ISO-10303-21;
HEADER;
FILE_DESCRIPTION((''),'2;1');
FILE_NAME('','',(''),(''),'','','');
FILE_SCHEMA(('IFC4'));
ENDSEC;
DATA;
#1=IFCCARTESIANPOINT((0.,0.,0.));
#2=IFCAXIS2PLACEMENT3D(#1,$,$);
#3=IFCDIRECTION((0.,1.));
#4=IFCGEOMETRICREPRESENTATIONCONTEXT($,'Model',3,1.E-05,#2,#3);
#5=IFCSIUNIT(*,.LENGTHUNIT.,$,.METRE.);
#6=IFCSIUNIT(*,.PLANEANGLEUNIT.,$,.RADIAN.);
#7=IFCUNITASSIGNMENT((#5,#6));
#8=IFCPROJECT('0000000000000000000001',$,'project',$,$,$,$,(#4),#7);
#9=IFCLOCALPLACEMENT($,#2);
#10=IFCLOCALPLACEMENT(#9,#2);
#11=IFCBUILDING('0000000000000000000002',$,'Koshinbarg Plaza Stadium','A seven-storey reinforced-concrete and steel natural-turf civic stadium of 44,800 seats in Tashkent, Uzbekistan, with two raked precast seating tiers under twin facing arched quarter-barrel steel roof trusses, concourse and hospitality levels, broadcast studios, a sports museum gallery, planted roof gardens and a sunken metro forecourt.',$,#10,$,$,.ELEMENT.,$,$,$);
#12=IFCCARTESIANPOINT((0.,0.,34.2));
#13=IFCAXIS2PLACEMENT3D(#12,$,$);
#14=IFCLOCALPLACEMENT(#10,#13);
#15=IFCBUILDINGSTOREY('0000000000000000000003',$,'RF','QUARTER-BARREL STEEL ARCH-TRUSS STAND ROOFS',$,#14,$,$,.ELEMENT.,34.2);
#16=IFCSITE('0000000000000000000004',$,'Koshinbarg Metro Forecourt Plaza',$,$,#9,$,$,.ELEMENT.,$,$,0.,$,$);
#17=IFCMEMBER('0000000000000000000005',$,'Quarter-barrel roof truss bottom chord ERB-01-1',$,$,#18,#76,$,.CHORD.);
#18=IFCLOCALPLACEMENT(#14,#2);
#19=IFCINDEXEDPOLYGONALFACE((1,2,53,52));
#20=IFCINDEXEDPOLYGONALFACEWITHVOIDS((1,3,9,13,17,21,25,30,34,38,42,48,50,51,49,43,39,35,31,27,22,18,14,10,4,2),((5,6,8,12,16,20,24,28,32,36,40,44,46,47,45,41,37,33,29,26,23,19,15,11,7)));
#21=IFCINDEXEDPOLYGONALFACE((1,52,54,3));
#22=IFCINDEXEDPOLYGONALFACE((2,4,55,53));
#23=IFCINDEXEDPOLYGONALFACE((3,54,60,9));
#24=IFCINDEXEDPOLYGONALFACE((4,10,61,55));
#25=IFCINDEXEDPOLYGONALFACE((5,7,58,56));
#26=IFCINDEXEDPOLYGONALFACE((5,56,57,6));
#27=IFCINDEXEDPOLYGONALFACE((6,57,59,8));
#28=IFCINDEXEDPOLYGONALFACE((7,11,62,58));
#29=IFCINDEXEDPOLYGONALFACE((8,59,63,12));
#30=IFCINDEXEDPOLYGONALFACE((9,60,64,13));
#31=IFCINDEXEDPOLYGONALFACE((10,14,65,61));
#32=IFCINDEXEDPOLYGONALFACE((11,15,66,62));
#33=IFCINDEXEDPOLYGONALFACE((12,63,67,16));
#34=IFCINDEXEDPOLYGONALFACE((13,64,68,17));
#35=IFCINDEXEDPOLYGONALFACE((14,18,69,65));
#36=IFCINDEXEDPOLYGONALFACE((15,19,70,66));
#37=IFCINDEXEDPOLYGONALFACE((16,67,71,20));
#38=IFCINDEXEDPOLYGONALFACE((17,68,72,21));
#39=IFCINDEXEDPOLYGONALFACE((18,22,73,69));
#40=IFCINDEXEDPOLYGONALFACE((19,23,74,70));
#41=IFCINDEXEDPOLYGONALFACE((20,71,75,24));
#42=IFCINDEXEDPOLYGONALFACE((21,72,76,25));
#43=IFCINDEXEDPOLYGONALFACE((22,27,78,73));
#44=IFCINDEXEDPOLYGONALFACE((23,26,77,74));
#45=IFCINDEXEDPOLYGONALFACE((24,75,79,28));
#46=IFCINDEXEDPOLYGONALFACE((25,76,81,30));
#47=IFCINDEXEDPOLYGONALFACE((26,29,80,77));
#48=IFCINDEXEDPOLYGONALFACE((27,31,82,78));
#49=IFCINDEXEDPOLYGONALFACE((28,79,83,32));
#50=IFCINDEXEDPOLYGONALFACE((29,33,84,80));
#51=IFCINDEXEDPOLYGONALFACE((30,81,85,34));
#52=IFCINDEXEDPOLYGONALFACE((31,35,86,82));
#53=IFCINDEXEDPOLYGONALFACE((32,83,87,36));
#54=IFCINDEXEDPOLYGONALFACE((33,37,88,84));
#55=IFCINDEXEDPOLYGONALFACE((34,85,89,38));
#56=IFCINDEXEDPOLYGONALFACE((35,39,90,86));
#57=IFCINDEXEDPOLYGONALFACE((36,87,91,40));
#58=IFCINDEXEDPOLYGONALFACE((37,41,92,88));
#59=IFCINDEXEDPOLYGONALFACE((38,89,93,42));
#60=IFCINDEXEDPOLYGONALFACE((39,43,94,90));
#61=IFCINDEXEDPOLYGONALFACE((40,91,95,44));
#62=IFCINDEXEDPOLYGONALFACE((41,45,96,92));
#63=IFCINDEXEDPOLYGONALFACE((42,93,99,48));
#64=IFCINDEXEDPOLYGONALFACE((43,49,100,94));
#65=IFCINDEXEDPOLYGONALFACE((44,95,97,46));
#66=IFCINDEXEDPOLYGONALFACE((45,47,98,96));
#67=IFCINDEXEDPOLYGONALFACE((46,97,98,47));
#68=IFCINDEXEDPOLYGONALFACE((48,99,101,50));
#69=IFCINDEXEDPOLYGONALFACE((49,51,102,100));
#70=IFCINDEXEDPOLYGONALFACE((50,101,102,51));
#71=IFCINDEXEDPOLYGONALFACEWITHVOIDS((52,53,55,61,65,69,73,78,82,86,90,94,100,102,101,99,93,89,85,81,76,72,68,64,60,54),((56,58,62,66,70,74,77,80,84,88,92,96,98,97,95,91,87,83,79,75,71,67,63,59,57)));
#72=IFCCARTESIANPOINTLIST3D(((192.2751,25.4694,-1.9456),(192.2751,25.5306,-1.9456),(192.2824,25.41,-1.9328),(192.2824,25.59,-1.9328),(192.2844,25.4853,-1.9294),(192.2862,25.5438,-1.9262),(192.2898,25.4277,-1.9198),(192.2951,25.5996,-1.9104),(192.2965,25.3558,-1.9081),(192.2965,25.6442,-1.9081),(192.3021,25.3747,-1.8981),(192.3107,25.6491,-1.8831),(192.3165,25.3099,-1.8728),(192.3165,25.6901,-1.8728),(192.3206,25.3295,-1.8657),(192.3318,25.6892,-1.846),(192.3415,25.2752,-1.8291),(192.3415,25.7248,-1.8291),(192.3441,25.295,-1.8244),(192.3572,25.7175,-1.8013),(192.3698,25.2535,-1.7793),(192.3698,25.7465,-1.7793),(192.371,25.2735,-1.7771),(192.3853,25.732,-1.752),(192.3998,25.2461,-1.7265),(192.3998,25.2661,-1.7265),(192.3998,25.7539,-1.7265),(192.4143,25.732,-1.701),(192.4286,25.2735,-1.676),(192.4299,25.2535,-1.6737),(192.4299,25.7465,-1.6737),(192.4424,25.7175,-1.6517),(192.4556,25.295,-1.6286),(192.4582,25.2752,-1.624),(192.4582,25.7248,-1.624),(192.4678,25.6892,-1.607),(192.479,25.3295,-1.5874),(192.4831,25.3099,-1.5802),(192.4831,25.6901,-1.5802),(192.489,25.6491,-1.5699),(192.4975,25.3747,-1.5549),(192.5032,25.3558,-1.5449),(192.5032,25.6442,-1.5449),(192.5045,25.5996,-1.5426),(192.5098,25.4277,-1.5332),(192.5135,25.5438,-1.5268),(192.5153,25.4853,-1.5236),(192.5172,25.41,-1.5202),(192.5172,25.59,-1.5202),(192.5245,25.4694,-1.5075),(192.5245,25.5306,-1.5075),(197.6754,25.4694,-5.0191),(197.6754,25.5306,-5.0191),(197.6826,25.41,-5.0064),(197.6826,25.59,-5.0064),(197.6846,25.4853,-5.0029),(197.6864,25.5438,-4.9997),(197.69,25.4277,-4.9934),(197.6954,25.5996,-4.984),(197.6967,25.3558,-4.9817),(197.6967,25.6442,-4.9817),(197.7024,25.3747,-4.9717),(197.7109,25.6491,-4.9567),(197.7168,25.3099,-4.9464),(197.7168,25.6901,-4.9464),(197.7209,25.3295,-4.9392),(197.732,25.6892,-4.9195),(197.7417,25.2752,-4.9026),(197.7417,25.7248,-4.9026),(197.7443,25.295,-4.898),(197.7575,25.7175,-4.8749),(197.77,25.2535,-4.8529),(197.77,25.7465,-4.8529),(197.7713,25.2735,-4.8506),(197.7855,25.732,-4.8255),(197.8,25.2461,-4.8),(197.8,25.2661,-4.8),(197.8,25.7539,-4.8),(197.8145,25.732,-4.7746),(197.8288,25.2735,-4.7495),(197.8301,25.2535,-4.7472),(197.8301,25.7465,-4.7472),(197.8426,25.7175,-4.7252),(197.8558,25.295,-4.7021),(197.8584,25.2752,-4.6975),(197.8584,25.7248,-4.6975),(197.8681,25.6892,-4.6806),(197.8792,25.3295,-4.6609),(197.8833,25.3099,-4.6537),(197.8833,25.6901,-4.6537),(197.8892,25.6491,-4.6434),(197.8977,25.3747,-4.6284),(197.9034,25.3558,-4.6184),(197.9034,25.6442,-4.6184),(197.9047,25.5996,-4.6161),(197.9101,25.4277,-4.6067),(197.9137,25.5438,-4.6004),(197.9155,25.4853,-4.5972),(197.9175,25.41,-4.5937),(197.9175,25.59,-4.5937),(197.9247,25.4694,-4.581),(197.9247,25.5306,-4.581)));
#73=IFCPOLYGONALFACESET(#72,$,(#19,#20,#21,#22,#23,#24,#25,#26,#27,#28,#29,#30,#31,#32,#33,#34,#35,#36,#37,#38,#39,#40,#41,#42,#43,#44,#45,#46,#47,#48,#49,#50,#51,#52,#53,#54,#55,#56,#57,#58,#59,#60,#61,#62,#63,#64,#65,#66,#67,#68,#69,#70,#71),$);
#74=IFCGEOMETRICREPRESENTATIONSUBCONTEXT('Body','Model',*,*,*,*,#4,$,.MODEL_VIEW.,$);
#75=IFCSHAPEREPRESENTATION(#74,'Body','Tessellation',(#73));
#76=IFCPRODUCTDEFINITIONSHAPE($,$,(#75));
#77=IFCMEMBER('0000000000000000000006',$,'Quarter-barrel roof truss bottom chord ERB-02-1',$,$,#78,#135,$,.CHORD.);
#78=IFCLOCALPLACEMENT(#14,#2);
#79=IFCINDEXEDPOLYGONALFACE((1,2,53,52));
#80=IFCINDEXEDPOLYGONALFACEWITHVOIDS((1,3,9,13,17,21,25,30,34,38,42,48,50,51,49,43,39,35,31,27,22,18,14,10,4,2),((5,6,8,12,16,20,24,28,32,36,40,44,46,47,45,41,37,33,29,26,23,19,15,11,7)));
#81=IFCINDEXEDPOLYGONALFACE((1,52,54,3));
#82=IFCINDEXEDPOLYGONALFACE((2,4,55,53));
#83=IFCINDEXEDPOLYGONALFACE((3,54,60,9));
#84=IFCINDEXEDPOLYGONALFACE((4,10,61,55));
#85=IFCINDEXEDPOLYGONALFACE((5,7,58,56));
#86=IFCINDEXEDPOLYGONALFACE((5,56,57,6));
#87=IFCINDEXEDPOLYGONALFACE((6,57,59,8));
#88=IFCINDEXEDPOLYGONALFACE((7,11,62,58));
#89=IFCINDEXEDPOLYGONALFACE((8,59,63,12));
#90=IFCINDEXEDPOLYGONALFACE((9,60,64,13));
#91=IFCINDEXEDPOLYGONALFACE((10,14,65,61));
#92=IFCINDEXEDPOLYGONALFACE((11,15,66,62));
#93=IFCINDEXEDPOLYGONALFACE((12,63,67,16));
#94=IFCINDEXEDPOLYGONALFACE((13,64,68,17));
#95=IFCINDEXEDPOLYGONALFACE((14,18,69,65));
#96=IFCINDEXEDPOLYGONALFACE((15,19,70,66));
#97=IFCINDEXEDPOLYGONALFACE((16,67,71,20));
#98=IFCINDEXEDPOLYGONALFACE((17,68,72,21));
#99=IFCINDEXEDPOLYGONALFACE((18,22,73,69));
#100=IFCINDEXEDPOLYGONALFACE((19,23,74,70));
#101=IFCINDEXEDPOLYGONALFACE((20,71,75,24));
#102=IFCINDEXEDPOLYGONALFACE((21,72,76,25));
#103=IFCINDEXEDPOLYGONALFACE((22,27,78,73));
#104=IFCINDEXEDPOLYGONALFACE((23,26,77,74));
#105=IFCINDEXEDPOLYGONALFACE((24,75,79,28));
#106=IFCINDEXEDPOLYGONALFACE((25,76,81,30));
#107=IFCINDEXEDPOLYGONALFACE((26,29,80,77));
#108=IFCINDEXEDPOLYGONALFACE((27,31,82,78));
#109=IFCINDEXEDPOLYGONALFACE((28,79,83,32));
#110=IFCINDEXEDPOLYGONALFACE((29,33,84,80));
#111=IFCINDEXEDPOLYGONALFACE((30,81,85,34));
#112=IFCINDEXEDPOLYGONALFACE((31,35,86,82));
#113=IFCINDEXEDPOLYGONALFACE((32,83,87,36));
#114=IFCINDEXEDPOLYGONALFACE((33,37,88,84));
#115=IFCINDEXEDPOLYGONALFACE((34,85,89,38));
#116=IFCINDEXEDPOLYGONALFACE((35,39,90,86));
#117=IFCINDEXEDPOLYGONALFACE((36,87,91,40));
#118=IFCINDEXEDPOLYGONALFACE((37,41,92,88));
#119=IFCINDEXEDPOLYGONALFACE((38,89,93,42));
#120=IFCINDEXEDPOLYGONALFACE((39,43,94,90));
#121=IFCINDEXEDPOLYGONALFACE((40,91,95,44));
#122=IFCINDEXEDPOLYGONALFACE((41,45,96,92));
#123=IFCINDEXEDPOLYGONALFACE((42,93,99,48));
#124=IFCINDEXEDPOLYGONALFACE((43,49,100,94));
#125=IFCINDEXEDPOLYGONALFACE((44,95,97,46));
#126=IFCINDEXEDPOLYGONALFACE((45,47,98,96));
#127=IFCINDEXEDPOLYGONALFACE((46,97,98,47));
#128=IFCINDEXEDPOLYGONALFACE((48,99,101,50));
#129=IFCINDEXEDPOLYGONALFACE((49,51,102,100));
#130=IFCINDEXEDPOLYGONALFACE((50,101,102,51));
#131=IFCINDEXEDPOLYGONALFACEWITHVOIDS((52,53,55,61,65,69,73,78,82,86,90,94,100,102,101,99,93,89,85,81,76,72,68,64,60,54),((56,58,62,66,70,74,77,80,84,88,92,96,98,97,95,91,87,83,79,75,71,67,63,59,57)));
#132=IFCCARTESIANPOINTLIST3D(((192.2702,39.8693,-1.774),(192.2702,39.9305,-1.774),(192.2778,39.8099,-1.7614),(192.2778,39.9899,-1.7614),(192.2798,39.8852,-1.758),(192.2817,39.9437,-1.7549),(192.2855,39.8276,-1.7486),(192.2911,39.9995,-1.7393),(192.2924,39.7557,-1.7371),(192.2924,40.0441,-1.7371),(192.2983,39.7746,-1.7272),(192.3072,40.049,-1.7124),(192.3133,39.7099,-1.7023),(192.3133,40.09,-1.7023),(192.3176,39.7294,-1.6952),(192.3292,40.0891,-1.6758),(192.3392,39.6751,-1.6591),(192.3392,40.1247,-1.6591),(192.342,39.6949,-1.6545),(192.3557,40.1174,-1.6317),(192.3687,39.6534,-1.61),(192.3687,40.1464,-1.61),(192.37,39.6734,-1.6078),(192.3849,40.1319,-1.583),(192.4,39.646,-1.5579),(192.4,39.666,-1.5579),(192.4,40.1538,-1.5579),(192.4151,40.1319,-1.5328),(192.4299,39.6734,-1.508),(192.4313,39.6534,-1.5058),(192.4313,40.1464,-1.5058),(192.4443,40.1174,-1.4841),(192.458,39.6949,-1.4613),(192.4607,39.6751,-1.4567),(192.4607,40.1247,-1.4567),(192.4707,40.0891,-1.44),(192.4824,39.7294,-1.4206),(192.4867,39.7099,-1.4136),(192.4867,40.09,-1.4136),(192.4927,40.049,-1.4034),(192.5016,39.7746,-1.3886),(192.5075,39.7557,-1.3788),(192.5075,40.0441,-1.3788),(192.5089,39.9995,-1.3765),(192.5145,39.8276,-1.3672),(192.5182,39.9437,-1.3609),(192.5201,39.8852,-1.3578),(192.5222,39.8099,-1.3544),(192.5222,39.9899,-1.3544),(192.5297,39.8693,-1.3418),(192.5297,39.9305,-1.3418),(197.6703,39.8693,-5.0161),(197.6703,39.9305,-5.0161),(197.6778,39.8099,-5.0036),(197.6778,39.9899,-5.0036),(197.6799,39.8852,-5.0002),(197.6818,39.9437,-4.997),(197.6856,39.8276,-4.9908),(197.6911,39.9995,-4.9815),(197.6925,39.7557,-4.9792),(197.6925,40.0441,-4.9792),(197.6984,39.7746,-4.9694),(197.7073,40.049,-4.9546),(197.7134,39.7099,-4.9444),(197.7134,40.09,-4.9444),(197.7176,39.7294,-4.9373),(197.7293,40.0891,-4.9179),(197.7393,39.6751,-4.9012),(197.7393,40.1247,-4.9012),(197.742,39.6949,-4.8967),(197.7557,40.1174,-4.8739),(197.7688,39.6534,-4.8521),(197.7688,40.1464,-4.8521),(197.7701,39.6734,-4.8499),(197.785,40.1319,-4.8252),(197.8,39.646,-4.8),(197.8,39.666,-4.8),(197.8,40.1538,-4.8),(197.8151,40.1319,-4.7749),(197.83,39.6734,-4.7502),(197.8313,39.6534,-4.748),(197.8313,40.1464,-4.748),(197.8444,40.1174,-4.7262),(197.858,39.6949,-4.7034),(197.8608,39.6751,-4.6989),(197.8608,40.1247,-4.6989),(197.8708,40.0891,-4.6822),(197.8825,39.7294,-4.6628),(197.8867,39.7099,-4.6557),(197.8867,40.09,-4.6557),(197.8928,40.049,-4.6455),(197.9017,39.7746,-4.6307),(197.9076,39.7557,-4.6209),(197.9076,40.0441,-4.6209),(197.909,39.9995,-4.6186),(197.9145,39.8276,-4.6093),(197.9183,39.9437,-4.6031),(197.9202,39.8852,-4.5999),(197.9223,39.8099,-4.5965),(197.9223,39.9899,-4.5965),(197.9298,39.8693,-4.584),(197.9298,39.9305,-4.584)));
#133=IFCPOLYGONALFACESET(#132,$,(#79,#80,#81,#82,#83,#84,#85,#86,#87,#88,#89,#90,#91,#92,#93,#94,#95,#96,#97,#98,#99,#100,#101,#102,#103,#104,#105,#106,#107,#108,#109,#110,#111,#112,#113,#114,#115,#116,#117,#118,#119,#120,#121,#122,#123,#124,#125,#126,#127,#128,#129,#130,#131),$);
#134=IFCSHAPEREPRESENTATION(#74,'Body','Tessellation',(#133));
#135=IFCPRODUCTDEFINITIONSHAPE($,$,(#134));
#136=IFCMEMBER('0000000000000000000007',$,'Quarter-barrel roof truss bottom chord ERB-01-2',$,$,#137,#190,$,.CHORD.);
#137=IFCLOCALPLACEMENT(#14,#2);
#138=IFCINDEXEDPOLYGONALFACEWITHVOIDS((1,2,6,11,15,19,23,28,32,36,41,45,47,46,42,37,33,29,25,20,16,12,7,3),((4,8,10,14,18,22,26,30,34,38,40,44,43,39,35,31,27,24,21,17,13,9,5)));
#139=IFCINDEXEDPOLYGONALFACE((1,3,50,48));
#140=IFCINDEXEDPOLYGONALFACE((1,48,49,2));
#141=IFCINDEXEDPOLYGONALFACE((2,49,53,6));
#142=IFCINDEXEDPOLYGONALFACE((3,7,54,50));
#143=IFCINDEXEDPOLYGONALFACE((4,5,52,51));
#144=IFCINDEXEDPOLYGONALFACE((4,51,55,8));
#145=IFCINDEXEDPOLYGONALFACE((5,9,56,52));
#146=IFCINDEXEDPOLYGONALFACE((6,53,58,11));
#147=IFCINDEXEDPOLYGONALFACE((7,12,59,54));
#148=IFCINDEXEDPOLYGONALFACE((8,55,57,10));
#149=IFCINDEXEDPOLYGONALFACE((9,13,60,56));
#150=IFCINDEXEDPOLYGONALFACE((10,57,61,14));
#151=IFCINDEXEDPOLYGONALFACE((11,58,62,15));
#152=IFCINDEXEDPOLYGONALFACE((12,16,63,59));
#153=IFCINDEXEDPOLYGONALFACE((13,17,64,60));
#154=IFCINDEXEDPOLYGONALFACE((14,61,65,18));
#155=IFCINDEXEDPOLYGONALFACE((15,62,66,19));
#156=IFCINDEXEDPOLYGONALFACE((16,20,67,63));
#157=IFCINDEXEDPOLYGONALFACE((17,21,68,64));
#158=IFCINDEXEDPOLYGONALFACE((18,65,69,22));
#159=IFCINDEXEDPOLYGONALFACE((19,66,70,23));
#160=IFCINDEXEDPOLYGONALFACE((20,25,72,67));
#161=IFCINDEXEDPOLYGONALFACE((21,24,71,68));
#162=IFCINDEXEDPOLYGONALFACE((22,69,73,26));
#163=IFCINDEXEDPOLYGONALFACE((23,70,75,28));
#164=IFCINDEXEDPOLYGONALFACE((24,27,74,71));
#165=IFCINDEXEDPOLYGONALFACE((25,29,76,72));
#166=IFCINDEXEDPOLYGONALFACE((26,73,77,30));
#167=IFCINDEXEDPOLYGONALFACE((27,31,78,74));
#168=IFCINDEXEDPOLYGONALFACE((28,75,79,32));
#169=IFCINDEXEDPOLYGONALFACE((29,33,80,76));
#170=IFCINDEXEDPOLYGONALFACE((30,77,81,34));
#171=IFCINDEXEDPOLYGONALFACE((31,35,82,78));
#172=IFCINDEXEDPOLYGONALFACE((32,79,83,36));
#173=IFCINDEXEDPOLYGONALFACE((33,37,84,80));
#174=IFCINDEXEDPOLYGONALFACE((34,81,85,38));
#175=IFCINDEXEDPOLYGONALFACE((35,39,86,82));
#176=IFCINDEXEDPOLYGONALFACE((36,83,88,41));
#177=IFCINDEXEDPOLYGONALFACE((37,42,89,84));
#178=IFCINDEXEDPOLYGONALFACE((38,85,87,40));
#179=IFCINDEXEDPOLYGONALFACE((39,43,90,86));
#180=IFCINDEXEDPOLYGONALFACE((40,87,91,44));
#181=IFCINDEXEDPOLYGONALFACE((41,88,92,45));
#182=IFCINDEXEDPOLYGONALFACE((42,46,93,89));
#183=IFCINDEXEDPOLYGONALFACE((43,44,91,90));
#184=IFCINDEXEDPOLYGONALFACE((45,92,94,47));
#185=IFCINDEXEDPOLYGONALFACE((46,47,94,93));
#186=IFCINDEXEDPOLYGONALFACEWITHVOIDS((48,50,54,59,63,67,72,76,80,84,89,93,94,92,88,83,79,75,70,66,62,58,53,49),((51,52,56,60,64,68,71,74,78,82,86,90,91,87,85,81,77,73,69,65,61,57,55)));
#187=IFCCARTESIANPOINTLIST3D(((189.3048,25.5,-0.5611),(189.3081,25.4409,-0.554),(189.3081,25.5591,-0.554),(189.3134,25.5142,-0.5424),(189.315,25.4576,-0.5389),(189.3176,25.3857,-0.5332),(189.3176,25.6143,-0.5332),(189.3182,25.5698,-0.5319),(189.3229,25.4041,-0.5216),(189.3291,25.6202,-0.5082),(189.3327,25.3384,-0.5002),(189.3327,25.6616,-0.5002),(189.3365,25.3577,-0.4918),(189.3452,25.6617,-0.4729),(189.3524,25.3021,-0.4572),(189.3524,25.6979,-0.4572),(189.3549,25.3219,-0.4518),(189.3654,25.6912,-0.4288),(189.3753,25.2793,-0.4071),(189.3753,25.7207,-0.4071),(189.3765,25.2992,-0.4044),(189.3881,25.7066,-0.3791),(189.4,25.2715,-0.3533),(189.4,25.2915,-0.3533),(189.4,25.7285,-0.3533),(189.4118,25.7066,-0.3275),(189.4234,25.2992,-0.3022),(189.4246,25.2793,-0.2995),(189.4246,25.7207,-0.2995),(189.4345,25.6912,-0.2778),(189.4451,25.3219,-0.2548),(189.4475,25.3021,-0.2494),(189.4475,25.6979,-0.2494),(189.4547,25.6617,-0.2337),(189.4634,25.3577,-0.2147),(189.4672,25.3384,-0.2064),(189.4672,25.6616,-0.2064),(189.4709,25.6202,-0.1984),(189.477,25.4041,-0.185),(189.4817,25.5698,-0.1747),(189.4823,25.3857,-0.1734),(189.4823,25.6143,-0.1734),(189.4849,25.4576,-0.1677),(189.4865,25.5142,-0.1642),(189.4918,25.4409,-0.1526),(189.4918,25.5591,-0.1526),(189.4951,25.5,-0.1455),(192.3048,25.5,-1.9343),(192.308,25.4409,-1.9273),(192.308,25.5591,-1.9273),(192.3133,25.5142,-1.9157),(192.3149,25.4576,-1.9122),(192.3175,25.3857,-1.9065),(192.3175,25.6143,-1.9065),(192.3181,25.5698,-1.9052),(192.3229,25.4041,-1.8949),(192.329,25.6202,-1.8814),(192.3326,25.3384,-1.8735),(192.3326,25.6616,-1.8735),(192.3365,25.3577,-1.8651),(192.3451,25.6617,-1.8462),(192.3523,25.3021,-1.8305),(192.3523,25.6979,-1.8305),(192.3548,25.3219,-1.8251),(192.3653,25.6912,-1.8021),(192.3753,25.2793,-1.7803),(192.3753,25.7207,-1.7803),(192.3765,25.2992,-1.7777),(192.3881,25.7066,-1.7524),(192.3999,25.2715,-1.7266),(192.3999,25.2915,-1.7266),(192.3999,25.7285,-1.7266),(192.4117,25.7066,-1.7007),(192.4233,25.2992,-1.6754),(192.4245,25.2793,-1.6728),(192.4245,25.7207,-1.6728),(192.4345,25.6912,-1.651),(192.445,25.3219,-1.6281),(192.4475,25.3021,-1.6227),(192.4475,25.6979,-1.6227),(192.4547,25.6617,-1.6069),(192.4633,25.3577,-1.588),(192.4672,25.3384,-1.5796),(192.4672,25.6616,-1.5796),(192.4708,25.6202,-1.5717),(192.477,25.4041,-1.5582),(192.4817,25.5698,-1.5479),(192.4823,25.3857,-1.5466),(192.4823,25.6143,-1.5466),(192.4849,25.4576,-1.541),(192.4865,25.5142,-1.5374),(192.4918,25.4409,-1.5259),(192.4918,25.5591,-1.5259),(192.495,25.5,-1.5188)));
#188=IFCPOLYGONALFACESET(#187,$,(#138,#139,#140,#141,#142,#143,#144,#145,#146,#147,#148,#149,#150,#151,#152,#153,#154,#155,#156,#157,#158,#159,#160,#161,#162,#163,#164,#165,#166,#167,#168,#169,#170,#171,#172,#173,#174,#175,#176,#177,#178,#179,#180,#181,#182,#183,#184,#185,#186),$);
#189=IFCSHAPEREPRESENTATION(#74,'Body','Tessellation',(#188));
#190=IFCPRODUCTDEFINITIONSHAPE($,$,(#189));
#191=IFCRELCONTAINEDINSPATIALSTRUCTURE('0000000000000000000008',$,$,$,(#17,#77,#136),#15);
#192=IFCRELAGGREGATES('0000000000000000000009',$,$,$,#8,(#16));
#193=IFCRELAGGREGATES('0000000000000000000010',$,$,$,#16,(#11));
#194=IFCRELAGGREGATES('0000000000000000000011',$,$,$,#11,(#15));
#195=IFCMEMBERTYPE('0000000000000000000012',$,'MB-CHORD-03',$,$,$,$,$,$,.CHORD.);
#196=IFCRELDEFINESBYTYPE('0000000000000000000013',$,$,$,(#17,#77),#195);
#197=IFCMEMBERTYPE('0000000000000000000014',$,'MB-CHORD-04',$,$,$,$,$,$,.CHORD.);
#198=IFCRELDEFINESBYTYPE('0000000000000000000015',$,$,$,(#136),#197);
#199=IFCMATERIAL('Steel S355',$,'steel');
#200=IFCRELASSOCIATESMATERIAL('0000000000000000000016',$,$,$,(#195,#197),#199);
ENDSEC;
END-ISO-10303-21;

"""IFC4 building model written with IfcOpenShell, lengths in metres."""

from ifc_helpers import new_model, si_unit, direction, frame, origin, origin_2d, place, context, subcontext, project, spatial, hollow_circle, extrude, material, material_profile, profile_set, type_object, element, save


model = new_model("IFC4")

# Units and contexts
model_context = context("Model", 3, precision=1e-05, world=origin(), true_north=direction((0.0, 1.0)))
body_context = subcontext(model_context, "Body", "Model", "MODEL_VIEW")
ifc_project = project(units=[si_unit("LENGTHUNIT", "METRE"), si_unit("PLANEANGLEUNIT", "RADIAN")], contexts=[model_context])

# Site, building, storey
site_placement = place(None, origin())
site = spatial("IfcSite", under=ifc_project, at=site_placement, Name="Koshinbarg Metro Forecourt Plaza", CompositionType="ELEMENT", RefElevation=0.0)
building_placement = place(site_placement, origin())
building = spatial("IfcBuilding", under=site, at=building_placement, Name="Koshinbarg Plaza Stadium", Description="A seven-storey reinforced-concrete and steel natural-turf civic stadium of 44,800 seats in Tashkent, Uzbekistan, with two raked precast seating tiers under twin facing arched quarter-barrel steel roof trusses, concourse and hospitality levels, broadcast studios, a sports museum gallery, planted roof gardens and a sunken metro forecourt.", CompositionType="ELEMENT")
storey_placement = place(building_placement, frame((0.0, 0.0, 34.2)))
storey = spatial("IfcBuildingStorey", under=building, at=storey_placement, Name="RF", Description="QUARTER-BARREL STEEL ARCH-TRUSS STAND ROOFS", CompositionType="ELEMENT", Elevation=34.2)

# Members
ifc_material_1 = material(Name="Steel S355", Category="steel")
ifc_material_profile_1 = material_profile(ifc_material_1, hollow_circle(Radius=0.2539, WallThickness=0.02, at=origin_2d()), Name="CHS 508x20")
ifc_profile_set_1 = profile_set([ifc_material_profile_1], Name="Steel S355")
member_type_1 = type_object("IfcMemberType", Name="MB-CHORD-03", PredefinedType="CHORD", material=ifc_profile_set_1)
member_1_placement = place(storey_placement, frame((197.8, 25.5, -4.8), z_axis=(-0.869095, 0.0, 0.494645), x_axis=(0.0, -1.0, 0.0)))
element("IfcMember", 1, at=member_1_placement, inside=storey, type_object=member_type_1, Name="Quarter-barrel roof truss bottom chord ERB-01-1", PredefinedType="CHORD", context=body_context, shape_type="SweptSolid", body=[
    extrude(hollow_circle(Radius=0.2539, WallThickness=0.02, at=origin_2d()), origin(), (0.0, 0.0, 1.0), 6.2136),
])
member_2_placement = place(storey_placement, frame((197.8, 39.8999, -4.8), z_axis=(-0.857346, 0.0, 0.514741), x_axis=(0.0, -1.0, 0.0)))
element("IfcMember", 2, at=member_2_placement, inside=storey, type_object=member_type_1, Name="Quarter-barrel roof truss bottom chord ERB-02-1", PredefinedType="CHORD", context=body_context, shape_type="SweptSolid", body=[
    extrude(hollow_circle(Radius=0.2539, WallThickness=0.02, at=origin_2d()), origin(), (0.0, 0.0, 1.0), 6.2986),
])
ifc_material_profile_2 = material_profile(ifc_material_1, hollow_circle(Radius=0.2285, WallThickness=0.02, at=origin_2d()), Name="CHS 457x20")
ifc_profile_set_2 = profile_set([ifc_material_profile_2], Name="Steel S355")
member_type_2 = type_object("IfcMemberType", Name="MB-CHORD-04", PredefinedType="CHORD", material=ifc_profile_set_2)
member_3_placement = place(storey_placement, frame((192.3999, 25.5, -1.7266), z_axis=(-0.909261, 0.0, 0.416227), x_axis=(0.0, -1.0, 0.0)))
element("IfcMember", 3, at=member_3_placement, inside=storey, type_object=member_type_2, Name="Quarter-barrel roof truss bottom chord ERB-01-2", PredefinedType="CHORD", context=body_context, shape_type="SweptSolid", body=[
    extrude(hollow_circle(Radius=0.2285, WallThickness=0.02, at=origin_2d()), origin(), (0.0, 0.0, 1.0), 3.2993),
])

save(model, "model.ifc")
